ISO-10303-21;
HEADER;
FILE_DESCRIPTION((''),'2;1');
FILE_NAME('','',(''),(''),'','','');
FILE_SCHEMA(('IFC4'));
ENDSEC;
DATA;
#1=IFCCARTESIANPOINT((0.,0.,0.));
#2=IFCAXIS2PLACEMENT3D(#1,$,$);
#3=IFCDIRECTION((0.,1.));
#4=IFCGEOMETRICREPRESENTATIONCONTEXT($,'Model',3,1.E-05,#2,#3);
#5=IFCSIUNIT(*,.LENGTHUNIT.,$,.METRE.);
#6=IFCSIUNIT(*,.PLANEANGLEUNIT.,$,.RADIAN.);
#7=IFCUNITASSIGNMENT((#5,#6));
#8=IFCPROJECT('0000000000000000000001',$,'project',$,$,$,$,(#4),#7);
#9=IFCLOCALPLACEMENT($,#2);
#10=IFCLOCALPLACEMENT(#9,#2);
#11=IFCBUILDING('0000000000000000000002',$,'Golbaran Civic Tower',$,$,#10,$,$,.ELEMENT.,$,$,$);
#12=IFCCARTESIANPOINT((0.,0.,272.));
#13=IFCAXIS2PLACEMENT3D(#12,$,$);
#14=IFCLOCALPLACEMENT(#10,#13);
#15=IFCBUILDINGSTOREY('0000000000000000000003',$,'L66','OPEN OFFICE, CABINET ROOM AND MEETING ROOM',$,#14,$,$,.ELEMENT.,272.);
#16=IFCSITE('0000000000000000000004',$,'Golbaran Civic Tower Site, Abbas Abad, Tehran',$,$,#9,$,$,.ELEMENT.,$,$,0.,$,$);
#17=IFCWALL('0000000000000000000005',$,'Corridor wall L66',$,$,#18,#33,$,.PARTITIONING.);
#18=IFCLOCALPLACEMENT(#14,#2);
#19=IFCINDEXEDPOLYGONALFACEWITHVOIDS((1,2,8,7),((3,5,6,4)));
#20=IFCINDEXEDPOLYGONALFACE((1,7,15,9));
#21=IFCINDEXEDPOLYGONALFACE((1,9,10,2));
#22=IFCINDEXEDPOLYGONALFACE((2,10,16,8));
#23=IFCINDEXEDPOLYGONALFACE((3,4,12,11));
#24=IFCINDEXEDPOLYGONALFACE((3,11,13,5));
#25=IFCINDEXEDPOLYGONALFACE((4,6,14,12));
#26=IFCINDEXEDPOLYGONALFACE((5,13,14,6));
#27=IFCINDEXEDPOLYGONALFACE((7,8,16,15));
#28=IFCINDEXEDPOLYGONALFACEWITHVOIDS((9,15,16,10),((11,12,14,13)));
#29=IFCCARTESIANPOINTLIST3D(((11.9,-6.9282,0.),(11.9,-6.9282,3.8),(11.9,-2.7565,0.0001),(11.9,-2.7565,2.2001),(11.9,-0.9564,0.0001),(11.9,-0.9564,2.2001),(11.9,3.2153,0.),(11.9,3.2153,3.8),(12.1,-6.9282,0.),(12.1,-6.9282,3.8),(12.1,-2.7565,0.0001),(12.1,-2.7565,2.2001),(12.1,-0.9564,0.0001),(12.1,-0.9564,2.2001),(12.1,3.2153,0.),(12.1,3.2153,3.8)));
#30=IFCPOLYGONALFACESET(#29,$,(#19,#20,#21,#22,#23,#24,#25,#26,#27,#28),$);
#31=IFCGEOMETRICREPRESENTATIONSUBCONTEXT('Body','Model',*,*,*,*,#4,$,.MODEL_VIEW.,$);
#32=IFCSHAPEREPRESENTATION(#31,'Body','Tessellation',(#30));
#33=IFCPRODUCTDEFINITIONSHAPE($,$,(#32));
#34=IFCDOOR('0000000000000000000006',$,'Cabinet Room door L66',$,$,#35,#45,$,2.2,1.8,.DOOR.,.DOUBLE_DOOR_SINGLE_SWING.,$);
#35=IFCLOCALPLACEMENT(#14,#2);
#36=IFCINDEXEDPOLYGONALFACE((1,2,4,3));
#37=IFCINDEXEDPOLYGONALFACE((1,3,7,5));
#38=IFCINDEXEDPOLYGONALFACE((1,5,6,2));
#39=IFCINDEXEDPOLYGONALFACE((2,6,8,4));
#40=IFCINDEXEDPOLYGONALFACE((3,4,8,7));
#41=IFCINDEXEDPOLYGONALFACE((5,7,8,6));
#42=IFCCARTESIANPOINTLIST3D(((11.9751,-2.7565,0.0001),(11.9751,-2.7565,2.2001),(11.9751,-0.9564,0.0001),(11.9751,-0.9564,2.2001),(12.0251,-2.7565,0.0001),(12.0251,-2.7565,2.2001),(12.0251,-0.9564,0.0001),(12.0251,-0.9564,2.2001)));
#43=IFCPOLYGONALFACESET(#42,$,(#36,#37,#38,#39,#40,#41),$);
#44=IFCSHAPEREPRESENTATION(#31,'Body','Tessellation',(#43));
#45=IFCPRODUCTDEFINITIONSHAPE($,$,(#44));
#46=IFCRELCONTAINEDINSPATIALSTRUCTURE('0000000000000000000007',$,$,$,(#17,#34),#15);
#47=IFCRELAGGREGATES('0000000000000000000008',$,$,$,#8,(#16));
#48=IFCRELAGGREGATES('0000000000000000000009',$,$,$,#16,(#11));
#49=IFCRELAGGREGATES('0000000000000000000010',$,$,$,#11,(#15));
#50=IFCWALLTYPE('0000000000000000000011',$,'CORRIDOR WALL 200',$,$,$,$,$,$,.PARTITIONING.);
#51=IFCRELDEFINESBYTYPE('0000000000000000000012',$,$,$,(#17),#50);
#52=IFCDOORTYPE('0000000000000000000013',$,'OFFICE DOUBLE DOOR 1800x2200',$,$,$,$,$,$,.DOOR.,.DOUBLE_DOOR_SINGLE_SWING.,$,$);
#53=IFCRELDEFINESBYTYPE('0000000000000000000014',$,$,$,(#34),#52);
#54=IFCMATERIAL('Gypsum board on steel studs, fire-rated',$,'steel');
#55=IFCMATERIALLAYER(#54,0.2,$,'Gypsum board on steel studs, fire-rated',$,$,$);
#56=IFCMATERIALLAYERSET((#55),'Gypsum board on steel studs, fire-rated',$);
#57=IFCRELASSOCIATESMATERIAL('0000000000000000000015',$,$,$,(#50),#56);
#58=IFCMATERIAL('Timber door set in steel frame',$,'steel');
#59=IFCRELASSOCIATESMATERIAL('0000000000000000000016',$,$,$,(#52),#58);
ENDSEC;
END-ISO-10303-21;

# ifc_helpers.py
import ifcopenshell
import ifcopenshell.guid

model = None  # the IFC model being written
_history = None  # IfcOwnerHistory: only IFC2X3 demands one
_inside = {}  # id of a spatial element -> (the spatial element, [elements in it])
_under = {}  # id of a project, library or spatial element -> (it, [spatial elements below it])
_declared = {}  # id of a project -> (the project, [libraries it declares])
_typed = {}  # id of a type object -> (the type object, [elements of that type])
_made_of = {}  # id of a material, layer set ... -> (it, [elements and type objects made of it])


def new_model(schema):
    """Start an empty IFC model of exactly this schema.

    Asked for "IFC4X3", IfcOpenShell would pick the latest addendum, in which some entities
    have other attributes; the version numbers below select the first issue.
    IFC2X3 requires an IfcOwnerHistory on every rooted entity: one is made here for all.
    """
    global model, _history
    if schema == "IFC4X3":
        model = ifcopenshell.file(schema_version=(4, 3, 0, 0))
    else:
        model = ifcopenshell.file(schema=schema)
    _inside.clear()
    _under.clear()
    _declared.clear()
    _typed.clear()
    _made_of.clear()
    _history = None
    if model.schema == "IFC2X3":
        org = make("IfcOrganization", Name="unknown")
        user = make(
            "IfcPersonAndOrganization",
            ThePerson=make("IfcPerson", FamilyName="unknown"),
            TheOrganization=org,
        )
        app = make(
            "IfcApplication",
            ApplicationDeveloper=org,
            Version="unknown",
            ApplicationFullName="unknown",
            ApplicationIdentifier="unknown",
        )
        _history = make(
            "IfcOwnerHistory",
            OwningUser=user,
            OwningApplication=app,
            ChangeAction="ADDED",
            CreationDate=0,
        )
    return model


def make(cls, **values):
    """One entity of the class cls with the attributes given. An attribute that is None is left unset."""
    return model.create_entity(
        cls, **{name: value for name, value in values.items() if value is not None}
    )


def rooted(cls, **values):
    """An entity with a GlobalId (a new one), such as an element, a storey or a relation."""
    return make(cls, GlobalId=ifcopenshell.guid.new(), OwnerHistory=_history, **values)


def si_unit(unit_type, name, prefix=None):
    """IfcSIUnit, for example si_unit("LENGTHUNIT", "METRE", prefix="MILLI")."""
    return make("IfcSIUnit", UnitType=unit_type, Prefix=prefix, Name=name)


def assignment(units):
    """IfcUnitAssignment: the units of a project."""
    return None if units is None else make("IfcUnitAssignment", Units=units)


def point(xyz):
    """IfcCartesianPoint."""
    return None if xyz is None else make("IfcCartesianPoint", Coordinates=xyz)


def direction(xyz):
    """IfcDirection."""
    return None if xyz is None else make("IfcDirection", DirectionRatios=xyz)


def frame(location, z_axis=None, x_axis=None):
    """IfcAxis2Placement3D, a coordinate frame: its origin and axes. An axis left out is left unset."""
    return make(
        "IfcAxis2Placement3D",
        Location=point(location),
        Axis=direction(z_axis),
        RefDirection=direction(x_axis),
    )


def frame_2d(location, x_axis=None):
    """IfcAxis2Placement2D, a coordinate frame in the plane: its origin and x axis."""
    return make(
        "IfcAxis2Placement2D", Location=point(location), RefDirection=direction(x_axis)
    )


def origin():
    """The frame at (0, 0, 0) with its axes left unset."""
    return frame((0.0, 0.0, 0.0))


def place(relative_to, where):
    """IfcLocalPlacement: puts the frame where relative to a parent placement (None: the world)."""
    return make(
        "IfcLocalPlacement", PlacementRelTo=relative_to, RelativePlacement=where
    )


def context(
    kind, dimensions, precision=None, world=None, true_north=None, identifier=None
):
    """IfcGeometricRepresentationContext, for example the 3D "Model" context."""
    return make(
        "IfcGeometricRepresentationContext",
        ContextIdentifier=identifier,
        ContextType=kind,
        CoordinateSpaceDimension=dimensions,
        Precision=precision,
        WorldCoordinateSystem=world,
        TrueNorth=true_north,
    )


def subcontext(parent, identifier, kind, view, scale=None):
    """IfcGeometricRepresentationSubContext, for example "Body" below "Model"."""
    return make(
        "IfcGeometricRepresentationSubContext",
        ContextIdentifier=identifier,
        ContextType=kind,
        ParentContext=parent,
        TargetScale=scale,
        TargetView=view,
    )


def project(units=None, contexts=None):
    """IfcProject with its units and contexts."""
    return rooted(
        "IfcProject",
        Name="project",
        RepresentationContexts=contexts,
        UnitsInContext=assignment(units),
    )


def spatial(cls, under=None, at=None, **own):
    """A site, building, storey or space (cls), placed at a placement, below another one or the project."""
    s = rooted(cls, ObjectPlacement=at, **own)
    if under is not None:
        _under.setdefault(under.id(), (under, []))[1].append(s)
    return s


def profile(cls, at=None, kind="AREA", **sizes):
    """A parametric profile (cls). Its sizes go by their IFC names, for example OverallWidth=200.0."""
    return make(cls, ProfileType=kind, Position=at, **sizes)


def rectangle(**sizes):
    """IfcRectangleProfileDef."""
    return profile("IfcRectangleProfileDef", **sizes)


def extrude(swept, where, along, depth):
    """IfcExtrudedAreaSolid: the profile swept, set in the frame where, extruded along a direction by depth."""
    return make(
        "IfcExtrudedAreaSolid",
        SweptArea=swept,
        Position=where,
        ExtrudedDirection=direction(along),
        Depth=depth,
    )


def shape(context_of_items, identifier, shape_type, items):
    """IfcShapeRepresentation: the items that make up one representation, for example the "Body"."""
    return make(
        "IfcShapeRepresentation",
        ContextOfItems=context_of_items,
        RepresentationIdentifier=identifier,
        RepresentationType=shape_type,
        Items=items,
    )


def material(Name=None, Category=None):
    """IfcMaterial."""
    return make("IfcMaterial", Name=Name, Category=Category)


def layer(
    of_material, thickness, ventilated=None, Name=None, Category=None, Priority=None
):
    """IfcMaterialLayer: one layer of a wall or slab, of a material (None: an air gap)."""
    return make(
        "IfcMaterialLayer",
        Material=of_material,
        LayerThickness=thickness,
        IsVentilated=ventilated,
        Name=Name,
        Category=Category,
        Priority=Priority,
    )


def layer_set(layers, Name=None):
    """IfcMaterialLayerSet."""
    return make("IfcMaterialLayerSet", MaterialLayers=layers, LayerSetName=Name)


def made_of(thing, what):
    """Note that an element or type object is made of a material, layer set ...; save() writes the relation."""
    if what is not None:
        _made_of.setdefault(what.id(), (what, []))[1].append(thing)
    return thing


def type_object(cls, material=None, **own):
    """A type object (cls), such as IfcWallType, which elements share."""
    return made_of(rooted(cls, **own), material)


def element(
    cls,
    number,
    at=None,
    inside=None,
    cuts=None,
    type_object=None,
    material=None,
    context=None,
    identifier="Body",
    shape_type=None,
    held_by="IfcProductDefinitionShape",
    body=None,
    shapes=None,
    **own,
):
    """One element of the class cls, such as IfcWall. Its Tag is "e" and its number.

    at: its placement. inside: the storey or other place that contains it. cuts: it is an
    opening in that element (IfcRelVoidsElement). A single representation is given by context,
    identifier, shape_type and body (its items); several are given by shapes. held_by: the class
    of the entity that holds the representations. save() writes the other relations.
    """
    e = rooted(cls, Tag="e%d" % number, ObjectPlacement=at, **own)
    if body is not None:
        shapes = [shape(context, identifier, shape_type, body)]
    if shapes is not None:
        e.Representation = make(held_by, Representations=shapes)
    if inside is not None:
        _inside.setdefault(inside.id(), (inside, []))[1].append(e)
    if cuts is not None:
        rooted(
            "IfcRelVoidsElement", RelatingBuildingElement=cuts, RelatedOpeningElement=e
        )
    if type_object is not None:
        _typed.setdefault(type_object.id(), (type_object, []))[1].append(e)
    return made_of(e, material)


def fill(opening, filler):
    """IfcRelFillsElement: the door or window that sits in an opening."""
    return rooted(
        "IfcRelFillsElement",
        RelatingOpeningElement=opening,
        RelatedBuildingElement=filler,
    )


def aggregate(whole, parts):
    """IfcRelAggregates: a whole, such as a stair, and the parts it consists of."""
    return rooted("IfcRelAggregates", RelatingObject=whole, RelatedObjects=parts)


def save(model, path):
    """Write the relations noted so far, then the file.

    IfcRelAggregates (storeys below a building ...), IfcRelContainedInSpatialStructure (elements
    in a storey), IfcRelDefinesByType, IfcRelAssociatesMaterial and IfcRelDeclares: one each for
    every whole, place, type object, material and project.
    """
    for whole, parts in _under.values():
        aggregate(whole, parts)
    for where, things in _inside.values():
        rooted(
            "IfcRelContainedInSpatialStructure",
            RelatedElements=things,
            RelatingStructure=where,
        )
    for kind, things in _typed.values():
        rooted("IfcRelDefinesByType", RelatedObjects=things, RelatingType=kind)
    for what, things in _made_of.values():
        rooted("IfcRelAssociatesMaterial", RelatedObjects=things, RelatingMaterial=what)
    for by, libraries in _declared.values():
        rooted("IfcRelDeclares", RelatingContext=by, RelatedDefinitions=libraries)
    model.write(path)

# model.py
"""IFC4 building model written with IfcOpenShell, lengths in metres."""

from ifc_helpers import new_model, si_unit, direction, frame, frame_2d, origin, place, context, subcontext, project, spatial, rectangle, extrude, material, layer, layer_set, type_object, element, fill, save


model = new_model("IFC4")

# Units and contexts
model_context = context("Model", 3, precision=1e-05, world=origin(), true_north=direction((0.0, 1.0)))
body_context = subcontext(model_context, "Body", "Model", "MODEL_VIEW")
ifc_project = project(units=[si_unit("LENGTHUNIT", "METRE"), si_unit("PLANEANGLEUNIT", "RADIAN")], contexts=[model_context])

# Site, building, storey
site_placement = place(None, origin())
site = spatial("IfcSite", under=ifc_project, at=site_placement, Name="Golbaran Civic Tower Site, Abbas Abad, Tehran", CompositionType="ELEMENT", RefElevation=0.0)
building_placement = place(site_placement, origin())
building = spatial("IfcBuilding", under=site, at=building_placement, Name="Golbaran Civic Tower", CompositionType="ELEMENT")
storey_placement = place(building_placement, frame((0.0, 0.0, 272.0)))
storey = spatial("IfcBuildingStorey", under=building, at=storey_placement, Name="L66", Description="OPEN OFFICE, CABINET ROOM AND MEETING ROOM", CompositionType="ELEMENT", Elevation=272.0)

# Wall, opening, door
ifc_material_1 = material(Name="Gypsum board on steel studs, fire-rated", Category="steel")
ifc_layer_1 = layer(ifc_material_1, 0.2, Name="Gypsum board on steel studs, fire-rated")
ifc_layer_set_1 = layer_set([ifc_layer_1], Name="Gypsum board on steel studs, fire-rated")
wall_type = type_object("IfcWallType", Name="CORRIDOR WALL 200", PredefinedType="PARTITIONING", material=ifc_layer_set_1)
wall_placement = place(storey_placement, frame((12.0, -6.9282, 0.0), z_axis=(0.0, 0.0, 1.0), x_axis=(0.0, 1.0, 0.0)))
wall = element("IfcWall", 1, at=wall_placement, inside=storey, type_object=wall_type, Name="Corridor wall L66", PredefinedType="PARTITIONING", context=body_context, shape_type="SweptSolid", body=[
    extrude(rectangle(XDim=10.1436, YDim=0.2, at=frame_2d((5.0718, 0.0))), origin(), (0.0, 0.0, 1.0), 3.8),
])
opening_placement = place(wall_placement, frame((4.1719, 0.0, 0.0)))
opening = element("IfcOpeningElement", 2, at=opening_placement, cuts=wall, PredefinedType="OPENING", context=body_context, shape_type="SweptSolid", body=[
    extrude(rectangle(XDim=1.8, YDim=2.2, at=frame_2d((0.8999, 1.1001))), frame((0.0, 0.1099, 0.0), z_axis=(0.0, -1.0, 0.0), x_axis=(1.0, 0.0, 0.0)), (0.0, 0.0, 1.0), 0.22),
])
ifc_material_2 = material(Name="Timber door set in steel frame", Category="steel")
door_type = type_object("IfcDoorType", Name="OFFICE DOUBLE DOOR 1800x2200", OperationType="DOUBLE_DOOR_SINGLE_SWING", PredefinedType="DOOR", material=ifc_material_2)
door_placement = place(opening_placement, origin())
door = element("IfcDoor", 3, at=door_placement, inside=storey, type_object=door_type, Name="Cabinet Room door L66", OperationType="DOUBLE_DOOR_SINGLE_SWING", OverallHeight=2.2, OverallWidth=1.8, PredefinedType="DOOR", context=body_context, shape_type="SweptSolid", body=[
    extrude(rectangle(XDim=1.8, YDim=2.2, at=frame_2d((0.8999, 1.1001))), frame((0.0, 0.0249, 0.0), z_axis=(0.0, -1.0, 0.0), x_axis=(1.0, 0.0, 0.0)), (0.0, 0.0, 1.0), 0.05),
])
fill(opening, door)

save(model, "model.ifc")
